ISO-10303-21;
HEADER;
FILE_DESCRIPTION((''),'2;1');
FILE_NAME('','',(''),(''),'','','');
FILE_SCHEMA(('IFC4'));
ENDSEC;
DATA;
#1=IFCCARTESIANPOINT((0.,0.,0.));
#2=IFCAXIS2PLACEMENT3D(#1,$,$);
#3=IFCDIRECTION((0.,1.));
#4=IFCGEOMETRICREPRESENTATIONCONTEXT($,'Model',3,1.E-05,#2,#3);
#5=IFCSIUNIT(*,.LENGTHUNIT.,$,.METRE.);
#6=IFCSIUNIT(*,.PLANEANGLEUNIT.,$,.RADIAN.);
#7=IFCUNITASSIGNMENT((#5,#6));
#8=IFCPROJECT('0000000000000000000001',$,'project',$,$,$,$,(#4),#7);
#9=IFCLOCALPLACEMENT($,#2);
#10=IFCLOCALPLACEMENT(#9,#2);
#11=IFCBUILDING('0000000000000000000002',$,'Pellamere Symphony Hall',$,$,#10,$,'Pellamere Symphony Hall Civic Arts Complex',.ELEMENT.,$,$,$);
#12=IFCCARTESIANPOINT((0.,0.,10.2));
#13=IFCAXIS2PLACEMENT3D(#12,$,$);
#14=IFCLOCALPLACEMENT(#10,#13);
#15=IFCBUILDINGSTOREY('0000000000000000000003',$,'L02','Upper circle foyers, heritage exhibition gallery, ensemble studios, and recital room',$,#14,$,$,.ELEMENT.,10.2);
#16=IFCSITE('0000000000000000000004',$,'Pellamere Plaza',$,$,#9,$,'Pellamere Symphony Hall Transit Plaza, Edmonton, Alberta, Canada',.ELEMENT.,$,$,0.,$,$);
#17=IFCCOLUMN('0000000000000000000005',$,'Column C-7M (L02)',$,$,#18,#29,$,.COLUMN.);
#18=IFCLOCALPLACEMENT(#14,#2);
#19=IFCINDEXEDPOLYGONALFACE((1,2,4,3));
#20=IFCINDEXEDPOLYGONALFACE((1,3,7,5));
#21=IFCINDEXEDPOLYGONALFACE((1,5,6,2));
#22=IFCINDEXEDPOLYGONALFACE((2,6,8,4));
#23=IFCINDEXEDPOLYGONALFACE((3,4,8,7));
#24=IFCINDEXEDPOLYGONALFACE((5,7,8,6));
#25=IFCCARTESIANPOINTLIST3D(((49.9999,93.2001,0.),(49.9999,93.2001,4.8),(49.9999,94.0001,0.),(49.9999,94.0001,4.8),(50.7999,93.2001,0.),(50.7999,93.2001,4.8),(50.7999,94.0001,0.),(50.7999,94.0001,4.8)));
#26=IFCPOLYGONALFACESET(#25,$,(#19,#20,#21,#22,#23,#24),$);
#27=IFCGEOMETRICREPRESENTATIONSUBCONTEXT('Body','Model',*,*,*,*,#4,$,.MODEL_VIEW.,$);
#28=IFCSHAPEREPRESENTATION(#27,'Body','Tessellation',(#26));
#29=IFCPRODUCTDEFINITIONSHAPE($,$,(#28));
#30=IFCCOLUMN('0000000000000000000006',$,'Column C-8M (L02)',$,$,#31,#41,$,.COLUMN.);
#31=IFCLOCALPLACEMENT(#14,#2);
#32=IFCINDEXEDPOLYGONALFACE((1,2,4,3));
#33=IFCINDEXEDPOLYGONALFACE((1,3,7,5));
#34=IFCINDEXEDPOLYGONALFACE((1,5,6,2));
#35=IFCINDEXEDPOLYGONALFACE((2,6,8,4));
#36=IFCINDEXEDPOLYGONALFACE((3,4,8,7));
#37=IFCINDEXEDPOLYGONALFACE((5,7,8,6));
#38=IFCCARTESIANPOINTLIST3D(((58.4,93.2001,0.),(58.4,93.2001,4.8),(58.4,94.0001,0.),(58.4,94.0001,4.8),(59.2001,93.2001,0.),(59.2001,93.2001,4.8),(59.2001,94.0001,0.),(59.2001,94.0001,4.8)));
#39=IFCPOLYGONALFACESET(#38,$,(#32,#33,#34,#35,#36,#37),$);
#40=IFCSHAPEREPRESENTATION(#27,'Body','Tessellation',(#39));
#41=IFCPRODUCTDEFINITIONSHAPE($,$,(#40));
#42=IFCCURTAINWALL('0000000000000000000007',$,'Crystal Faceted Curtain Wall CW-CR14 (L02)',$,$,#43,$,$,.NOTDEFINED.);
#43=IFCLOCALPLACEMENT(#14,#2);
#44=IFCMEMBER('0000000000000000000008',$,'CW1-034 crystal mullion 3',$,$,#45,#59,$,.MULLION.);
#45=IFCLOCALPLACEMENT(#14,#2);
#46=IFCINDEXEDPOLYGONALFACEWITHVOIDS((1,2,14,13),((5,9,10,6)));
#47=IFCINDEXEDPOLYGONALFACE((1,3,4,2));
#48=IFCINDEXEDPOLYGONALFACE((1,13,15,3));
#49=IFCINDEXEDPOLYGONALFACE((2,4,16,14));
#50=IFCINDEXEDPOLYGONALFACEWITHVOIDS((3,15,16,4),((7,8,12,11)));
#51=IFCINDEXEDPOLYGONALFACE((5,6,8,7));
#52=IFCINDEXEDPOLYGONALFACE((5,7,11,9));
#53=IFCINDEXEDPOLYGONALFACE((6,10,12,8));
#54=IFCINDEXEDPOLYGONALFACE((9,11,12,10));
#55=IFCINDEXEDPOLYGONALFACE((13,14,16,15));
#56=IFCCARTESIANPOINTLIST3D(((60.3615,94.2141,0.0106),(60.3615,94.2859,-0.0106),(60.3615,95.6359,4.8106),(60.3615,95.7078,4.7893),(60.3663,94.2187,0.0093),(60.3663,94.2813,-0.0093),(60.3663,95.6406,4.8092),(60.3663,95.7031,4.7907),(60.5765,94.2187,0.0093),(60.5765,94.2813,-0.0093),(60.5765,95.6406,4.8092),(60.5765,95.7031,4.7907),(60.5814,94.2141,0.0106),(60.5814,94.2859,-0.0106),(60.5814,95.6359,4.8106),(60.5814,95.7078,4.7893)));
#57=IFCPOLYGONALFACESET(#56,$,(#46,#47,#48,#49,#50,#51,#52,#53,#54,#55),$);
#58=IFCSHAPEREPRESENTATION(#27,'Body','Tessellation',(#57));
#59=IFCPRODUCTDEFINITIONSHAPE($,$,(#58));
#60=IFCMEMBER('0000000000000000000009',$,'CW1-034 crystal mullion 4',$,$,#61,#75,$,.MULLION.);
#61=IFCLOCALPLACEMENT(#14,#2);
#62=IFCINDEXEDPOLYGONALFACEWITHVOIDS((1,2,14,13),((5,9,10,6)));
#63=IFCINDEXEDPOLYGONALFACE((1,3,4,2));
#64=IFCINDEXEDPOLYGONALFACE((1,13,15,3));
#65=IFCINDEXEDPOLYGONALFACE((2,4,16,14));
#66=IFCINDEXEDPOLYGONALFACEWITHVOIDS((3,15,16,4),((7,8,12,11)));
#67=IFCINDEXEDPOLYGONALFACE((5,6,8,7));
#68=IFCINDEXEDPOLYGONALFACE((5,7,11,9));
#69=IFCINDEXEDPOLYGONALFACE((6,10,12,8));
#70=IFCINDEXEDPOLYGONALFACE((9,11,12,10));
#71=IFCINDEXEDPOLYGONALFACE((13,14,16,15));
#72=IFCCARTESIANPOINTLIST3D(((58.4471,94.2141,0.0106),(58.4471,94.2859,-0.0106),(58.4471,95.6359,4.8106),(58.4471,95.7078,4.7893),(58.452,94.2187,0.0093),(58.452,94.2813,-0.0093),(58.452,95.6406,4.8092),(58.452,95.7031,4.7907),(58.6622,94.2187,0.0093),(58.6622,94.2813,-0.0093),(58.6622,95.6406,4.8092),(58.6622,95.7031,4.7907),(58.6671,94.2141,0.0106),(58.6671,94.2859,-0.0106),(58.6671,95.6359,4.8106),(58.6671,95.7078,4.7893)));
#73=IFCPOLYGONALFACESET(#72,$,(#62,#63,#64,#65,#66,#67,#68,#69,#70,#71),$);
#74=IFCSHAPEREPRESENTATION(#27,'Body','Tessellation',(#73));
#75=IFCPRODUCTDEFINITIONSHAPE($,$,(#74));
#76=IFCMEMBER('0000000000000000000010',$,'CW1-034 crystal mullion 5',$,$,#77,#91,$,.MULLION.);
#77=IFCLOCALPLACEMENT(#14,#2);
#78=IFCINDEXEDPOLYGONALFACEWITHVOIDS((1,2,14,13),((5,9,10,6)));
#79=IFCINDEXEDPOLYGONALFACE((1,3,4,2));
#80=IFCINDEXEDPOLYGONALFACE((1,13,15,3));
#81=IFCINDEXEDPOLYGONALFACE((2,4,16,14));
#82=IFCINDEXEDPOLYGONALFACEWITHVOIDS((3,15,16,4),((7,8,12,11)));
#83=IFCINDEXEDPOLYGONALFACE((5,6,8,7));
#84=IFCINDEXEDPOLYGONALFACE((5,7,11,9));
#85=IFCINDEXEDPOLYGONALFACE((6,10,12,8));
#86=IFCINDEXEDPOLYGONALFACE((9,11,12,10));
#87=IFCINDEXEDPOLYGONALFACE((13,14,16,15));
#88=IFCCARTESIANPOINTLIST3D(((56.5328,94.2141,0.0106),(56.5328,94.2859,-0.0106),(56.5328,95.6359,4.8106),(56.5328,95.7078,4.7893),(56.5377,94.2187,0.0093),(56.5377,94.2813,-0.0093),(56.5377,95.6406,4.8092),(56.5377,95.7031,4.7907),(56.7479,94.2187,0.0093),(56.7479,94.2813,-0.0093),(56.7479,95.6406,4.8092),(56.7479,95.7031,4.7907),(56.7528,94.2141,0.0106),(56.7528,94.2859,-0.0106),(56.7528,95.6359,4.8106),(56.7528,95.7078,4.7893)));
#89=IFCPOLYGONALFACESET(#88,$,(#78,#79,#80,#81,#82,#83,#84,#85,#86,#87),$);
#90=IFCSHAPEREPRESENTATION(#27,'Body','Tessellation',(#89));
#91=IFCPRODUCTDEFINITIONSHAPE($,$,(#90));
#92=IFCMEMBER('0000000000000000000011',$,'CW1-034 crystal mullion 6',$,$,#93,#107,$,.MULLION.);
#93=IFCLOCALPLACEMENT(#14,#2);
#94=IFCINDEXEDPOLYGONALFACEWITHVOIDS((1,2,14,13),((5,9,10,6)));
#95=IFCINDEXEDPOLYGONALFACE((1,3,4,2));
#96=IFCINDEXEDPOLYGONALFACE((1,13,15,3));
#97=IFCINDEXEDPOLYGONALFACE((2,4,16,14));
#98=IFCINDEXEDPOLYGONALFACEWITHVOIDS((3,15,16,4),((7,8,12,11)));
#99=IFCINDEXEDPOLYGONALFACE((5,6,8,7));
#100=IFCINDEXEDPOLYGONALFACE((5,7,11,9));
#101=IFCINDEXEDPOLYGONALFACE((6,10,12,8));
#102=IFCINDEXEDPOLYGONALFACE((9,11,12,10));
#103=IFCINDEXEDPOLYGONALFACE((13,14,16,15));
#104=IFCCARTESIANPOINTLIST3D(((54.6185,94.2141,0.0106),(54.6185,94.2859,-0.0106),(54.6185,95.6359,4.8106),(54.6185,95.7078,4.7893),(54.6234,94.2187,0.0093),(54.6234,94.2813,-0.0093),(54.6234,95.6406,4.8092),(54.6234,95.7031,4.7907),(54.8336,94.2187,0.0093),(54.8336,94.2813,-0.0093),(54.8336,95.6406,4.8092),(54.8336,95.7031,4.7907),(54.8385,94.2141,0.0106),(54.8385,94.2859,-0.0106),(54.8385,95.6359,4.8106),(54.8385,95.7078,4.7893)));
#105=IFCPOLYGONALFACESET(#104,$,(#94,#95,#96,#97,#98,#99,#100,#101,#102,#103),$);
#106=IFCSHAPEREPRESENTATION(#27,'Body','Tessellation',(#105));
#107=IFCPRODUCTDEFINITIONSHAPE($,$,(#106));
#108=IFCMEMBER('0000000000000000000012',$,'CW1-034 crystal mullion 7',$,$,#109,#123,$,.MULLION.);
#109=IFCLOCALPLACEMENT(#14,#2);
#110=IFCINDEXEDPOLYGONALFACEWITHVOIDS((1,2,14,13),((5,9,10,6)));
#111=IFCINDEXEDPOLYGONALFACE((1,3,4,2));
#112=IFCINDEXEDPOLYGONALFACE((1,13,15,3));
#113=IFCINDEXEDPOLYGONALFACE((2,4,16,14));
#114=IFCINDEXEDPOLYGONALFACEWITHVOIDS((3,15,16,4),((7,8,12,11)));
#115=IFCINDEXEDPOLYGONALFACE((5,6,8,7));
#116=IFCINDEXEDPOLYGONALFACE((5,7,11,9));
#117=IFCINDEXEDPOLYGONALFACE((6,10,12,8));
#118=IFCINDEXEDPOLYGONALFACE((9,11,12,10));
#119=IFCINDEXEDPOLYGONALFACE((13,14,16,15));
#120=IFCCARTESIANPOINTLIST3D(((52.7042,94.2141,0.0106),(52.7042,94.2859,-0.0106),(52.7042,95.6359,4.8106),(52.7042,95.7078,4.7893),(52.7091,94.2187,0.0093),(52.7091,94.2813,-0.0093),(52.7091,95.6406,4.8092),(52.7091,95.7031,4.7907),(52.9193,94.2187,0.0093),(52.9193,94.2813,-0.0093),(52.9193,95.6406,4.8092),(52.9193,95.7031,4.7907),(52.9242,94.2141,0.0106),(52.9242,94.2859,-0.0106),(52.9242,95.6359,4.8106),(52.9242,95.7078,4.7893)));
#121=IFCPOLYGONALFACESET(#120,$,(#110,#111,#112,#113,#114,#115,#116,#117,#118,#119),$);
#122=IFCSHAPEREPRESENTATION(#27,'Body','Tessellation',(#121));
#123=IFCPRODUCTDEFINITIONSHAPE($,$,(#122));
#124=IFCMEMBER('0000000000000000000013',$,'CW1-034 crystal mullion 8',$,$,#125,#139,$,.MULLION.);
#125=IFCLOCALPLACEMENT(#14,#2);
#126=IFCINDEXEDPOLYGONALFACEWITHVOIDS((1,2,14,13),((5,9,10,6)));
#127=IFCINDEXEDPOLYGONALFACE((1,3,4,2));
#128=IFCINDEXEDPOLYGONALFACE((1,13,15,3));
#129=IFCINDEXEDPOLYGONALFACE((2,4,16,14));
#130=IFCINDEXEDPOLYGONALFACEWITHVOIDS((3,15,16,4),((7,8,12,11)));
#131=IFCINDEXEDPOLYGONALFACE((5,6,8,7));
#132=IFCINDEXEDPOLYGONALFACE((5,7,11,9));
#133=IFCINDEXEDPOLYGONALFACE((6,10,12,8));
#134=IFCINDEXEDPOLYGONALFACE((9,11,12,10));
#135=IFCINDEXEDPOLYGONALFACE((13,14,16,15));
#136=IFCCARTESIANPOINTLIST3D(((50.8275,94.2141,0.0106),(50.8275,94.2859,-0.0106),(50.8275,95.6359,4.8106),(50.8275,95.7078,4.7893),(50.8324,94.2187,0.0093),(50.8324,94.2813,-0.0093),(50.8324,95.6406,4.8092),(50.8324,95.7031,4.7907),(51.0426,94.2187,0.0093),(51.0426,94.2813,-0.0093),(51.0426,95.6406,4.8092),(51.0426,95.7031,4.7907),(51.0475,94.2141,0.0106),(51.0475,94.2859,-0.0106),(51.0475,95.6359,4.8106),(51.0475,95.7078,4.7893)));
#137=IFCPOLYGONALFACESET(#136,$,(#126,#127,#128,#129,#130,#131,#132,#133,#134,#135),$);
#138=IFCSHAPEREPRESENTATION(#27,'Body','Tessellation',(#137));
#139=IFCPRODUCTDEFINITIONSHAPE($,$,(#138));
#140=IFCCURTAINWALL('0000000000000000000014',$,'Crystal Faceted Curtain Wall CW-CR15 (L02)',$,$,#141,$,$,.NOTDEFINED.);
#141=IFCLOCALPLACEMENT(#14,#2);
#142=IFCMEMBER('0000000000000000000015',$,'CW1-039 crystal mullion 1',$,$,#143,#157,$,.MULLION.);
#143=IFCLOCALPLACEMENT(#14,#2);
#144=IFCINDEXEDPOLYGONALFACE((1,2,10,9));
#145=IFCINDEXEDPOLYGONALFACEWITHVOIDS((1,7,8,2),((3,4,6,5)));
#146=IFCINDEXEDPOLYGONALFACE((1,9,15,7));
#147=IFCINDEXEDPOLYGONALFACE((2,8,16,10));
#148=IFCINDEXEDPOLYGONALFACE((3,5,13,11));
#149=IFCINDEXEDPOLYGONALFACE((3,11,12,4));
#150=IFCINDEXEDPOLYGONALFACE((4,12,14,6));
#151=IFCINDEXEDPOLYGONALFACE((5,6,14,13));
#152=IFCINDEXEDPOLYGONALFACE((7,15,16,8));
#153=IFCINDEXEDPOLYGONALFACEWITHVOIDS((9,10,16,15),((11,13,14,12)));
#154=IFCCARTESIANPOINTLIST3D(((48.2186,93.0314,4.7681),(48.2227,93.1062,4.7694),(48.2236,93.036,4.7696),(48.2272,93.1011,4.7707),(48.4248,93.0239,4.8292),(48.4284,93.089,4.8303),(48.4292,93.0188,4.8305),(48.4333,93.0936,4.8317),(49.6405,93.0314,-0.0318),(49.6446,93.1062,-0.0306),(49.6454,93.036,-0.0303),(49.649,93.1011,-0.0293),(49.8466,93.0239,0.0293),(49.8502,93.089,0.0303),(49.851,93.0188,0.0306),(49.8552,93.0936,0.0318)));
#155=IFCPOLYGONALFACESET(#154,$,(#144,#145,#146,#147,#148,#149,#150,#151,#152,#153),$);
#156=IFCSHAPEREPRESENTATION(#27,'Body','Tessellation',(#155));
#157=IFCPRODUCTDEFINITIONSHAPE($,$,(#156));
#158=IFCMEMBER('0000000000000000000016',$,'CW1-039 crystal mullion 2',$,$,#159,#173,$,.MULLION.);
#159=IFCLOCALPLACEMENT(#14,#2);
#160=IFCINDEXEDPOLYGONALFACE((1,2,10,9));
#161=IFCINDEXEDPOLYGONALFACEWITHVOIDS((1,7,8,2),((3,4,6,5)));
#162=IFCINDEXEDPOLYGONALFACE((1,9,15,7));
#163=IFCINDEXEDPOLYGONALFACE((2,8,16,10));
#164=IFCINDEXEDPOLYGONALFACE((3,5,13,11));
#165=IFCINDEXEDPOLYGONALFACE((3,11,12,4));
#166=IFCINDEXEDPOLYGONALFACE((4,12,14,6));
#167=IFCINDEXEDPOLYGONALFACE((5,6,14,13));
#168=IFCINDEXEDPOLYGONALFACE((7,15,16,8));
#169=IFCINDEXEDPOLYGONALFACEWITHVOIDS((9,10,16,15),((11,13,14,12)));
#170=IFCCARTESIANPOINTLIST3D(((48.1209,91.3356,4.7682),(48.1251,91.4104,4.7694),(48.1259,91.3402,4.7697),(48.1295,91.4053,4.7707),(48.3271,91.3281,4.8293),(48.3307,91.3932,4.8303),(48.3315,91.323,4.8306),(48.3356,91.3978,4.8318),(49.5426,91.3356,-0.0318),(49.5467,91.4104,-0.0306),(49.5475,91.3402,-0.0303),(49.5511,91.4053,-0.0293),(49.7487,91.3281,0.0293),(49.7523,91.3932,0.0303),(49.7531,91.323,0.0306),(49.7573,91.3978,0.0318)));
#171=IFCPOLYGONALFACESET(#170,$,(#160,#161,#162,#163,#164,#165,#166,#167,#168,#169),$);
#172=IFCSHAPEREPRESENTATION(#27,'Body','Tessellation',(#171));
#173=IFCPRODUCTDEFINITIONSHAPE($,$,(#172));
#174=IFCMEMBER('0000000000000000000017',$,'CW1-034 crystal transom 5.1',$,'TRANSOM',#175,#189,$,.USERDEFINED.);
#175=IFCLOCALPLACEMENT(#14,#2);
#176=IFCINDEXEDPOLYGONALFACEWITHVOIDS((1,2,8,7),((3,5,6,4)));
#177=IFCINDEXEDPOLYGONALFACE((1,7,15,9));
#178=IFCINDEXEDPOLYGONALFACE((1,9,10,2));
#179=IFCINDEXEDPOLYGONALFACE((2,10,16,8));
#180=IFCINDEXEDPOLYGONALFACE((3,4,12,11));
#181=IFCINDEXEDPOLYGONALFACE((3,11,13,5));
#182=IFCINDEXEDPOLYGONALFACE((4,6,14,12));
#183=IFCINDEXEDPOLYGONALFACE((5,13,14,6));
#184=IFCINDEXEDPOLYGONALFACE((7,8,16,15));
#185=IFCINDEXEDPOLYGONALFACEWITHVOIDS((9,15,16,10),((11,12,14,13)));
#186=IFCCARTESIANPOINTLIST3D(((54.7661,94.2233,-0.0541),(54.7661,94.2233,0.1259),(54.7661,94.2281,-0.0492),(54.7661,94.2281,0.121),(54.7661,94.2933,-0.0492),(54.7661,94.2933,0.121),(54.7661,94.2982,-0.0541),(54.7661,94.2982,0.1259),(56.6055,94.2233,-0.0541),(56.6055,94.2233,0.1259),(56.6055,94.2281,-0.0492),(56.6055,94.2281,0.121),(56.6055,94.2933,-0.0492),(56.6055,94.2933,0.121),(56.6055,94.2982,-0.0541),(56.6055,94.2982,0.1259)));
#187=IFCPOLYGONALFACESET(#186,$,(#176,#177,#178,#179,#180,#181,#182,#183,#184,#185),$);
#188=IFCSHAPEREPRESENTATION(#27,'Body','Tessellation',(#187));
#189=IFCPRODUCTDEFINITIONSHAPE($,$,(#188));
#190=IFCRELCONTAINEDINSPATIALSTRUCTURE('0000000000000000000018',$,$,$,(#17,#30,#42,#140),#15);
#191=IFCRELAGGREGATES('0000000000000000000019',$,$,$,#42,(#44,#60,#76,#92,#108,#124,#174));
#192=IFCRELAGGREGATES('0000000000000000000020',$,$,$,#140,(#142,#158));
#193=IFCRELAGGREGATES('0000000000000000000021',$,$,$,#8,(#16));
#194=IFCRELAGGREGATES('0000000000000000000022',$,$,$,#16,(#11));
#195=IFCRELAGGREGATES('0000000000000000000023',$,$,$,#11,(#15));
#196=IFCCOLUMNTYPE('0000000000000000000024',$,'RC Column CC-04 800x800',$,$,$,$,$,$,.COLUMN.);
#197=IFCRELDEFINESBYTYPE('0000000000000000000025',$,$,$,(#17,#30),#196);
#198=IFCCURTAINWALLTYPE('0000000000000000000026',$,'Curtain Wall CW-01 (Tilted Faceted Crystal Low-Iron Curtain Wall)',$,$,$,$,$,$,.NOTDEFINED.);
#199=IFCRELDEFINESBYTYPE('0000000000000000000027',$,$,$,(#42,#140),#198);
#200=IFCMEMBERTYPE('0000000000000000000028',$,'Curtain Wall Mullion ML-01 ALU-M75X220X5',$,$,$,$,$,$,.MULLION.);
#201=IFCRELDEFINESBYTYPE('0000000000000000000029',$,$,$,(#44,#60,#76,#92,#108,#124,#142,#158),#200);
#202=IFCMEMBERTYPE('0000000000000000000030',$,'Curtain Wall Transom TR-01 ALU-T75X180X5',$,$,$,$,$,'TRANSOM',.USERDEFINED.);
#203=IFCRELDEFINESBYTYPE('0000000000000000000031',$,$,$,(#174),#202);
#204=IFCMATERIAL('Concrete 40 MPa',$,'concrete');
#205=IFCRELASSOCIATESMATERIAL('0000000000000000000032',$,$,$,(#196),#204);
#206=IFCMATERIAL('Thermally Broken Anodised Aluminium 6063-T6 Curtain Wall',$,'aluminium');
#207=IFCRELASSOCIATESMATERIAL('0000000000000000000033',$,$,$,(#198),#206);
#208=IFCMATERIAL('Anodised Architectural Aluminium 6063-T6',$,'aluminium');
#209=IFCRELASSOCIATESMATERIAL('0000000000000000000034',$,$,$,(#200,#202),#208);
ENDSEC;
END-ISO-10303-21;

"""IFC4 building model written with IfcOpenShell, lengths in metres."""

from ifc_helpers import new_model, si_unit, direction, frame, origin, origin_2d, place, context, subcontext, project, spatial, rectangle, hollow_rectangle, extrude, material, material_profile, profile_set, type_object, element, aggregate, save


model = new_model("IFC4")

# Units and contexts
model_context = context("Model", 3, precision=1e-05, world=origin(), true_north=direction((0.0, 1.0)))
body_context = subcontext(model_context, "Body", "Model", "MODEL_VIEW")
ifc_project = project(units=[si_unit("LENGTHUNIT", "METRE"), si_unit("PLANEANGLEUNIT", "RADIAN")], contexts=[model_context])

# Site, building, storey
site_placement = place(None, origin())
site = spatial("IfcSite", under=ifc_project, at=site_placement, Name="Pellamere Plaza", LongName="Pellamere Symphony Hall Transit Plaza, Edmonton, Alberta, Canada", CompositionType="ELEMENT", RefElevation=0.0)
building_placement = place(site_placement, origin())
building = spatial("IfcBuilding", under=site, at=building_placement, Name="Pellamere Symphony Hall", LongName="Pellamere Symphony Hall Civic Arts Complex", CompositionType="ELEMENT")
storey_placement = place(building_placement, frame((0.0, 0.0, 10.2)))
storey = spatial("IfcBuildingStorey", under=building, at=storey_placement, Name="L02", Description="Upper circle foyers, heritage exhibition gallery, ensemble studios, and recital room", CompositionType="ELEMENT", Elevation=10.2)

# Columns
ifc_material_1 = material(Name="Concrete 40 MPa", Category="concrete")
ifc_material_profile_1 = material_profile(ifc_material_1, rectangle(XDim=0.8, YDim=0.8, at=origin_2d()), Name="RC 800x800")
ifc_profile_set_1 = profile_set([ifc_material_profile_1], Name="Concrete 40 MPa")
column_type = type_object("IfcColumnType", Name="RC Column CC-04 800x800", PredefinedType="COLUMN", material=ifc_profile_set_1)
for number, where, z_axis, x_axis, name in (
    (1, (50.3999, 93.6001, 0.0), (0.0, 0.0, 1.0), (1.0, 0.0, 0.0), "Column C-7M (L02)"),
    (2, (58.8, 93.6001, 0.0), (0.0, 0.0, 1.0), (1.0, 0.0, 0.0), "Column C-8M (L02)"),
):
    element("IfcColumn", number, at=place(storey_placement, frame(where, z_axis=z_axis, x_axis=x_axis)), inside=storey, type_object=column_type, Name=name, PredefinedType="COLUMN", context=body_context, shape_type="SweptSolid", body=[
        extrude(rectangle(XDim=0.8, YDim=0.8, at=origin_2d()), origin(), (0.0, 0.0, 1.0), 4.8),
    ])

# Curtain walls, members
ifc_material_2 = material(Name="Thermally Broken Anodised Aluminium 6063-T6 Curtain Wall", Category="aluminium")
curtain_wall_type = type_object("IfcCurtainWallType", Name="Curtain Wall CW-01 (Tilted Faceted Crystal Low-Iron Curtain Wall)", PredefinedType="NOTDEFINED", material=ifc_material_2)
curtain_wall_1_placement = place(storey_placement, origin())
curtain_wall_1 = element("IfcCurtainWall", 3, at=curtain_wall_1_placement, inside=storey, type_object=curtain_wall_type, Name="Crystal Faceted Curtain Wall CW-CR14 (L02)", PredefinedType="NOTDEFINED")
ifc_material_3 = material(Name="Anodised Architectural Aluminium 6063-T6", Category="aluminium")
ifc_material_profile_2 = material_profile(ifc_material_3, hollow_rectangle(XDim=0.075, YDim=0.22, WallThickness=0.0049, at=origin_2d()), Name="ALU-M75X220X5")
ifc_profile_set_2 = profile_set([ifc_material_profile_2], Name="Anodised Architectural Aluminium 6063-T6")
member_type_1 = type_object("IfcMemberType", Name="Curtain Wall Mullion ML-01 ALU-M75X220X5", PredefinedType="MULLION", material=ifc_profile_set_2)
member_1_placement = place(storey_placement, frame((60.4714, 94.25, 0.0), z_axis=(0.0, 0.284022, 0.958818), x_axis=(0.0, 0.958818, -0.284022)))
member_1 = element("IfcMember", 4, at=member_1_placement, type_object=member_type_1, Name="CW1-034 crystal mullion 3", PredefinedType="MULLION", context=body_context, shape_type="SweptSolid", body=[
    extrude(hollow_rectangle(XDim=0.075, YDim=0.22, WallThickness=0.0049, at=origin_2d()), origin(), (0.0, 0.0, 1.0), 5.0061),
])
member_2_placement = place(storey_placement, frame((58.5571, 94.25, 0.0), z_axis=(0.0, 0.284022, 0.958818), x_axis=(0.0, 0.958818, -0.284022)))
member_2 = element("IfcMember", 5, at=member_2_placement, type_object=member_type_1, Name="CW1-034 crystal mullion 4", PredefinedType="MULLION", context=body_context, shape_type="SweptSolid", body=[
    extrude(hollow_rectangle(XDim=0.075, YDim=0.22, WallThickness=0.0049, at=origin_2d()), origin(), (0.0, 0.0, 1.0), 5.0061),
])
member_3_placement = place(storey_placement, frame((56.6428, 94.25, 0.0), z_axis=(0.0, 0.284022, 0.958818), x_axis=(0.0, 0.958818, -0.284022)))
member_3 = element("IfcMember", 6, at=member_3_placement, type_object=member_type_1, Name="CW1-034 crystal mullion 5", PredefinedType="MULLION", context=body_context, shape_type="SweptSolid", body=[
    extrude(hollow_rectangle(XDim=0.075, YDim=0.22, WallThickness=0.0049, at=origin_2d()), origin(), (0.0, 0.0, 1.0), 5.0061),
])
member_4_placement = place(storey_placement, frame((54.7285, 94.25, 0.0), z_axis=(0.0, 0.284022, 0.958818), x_axis=(0.0, 0.958818, -0.284022)))
member_4 = element("IfcMember", 7, at=member_4_placement, type_object=member_type_1, Name="CW1-034 crystal mullion 6", PredefinedType="MULLION", context=body_context, shape_type="SweptSolid", body=[
    extrude(hollow_rectangle(XDim=0.075, YDim=0.22, WallThickness=0.0049, at=origin_2d()), origin(), (0.0, 0.0, 1.0), 5.0061),
])
member_5_placement = place(storey_placement, frame((52.8142, 94.25, 0.0), z_axis=(0.0, 0.284022, 0.958818), x_axis=(0.0, 0.958818, -0.284022)))
member_5 = element("IfcMember", 8, at=member_5_placement, type_object=member_type_1, Name="CW1-034 crystal mullion 7", PredefinedType="MULLION", context=body_context, shape_type="SweptSolid", body=[
    extrude(hollow_rectangle(XDim=0.075, YDim=0.22, WallThickness=0.0049, at=origin_2d()), origin(), (0.0, 0.0, 1.0), 5.0061),
])
member_6_placement = place(storey_placement, frame((50.9375, 94.25, 0.0), z_axis=(0.0, 0.284022, 0.958818), x_axis=(0.0, 0.958818, -0.284022)))
member_6 = element("IfcMember", 9, at=member_6_placement, type_object=member_type_1, Name="CW1-034 crystal mullion 8", PredefinedType="MULLION", context=body_context, shape_type="SweptSolid", body=[
    extrude(hollow_rectangle(XDim=0.075, YDim=0.22, WallThickness=0.0049, at=origin_2d()), origin(), (0.0, 0.0, 1.0), 5.0061),
])
curtain_wall_2_placement = place(storey_placement, origin())
curtain_wall_2 = element("IfcCurtainWall", 10, at=curtain_wall_2_placement, inside=storey, type_object=curtain_wall_type, Name="Crystal Faceted Curtain Wall CW-CR15 (L02)", PredefinedType="NOTDEFINED")
member_7_placement = place(storey_placement, frame((49.7478, 93.0625, 0.0), z_axis=(-0.284022, 0.0, 0.958818), x_axis=(-0.055225, -0.99834, -0.016359)))
member_7 = element("IfcMember", 11, at=member_7_placement, type_object=member_type_1, Name="CW1-039 crystal mullion 1", PredefinedType="MULLION", context=body_context, shape_type="SweptSolid", body=[
    extrude(hollow_rectangle(XDim=0.075, YDim=0.22, WallThickness=0.0049, at=origin_2d()), origin(), (0.0, 0.0, 1.0), 5.0061),
])
member_8_placement = place(storey_placement, frame((49.6499, 91.3667, 0.0), z_axis=(-0.283977, 0.0, 0.958831), x_axis=(-0.055225, -0.99834, -0.016356)))
member_8 = element("IfcMember", 12, at=member_8_placement, type_object=member_type_1, Name="CW1-039 crystal mullion 2", PredefinedType="MULLION", context=body_context, shape_type="SweptSolid", body=[
    extrude(hollow_rectangle(XDim=0.075, YDim=0.22, WallThickness=0.0049, at=origin_2d()), origin(), (0.0, 0.0, 1.0), 5.0061),
])

# Member
ifc_material_profile_3 = material_profile(ifc_material_3, hollow_rectangle(XDim=0.075, YDim=0.1799, WallThickness=0.0049, at=origin_2d()), Name="ALU-T75X180X5")
ifc_profile_set_3 = profile_set([ifc_material_profile_3], Name="Anodised Architectural Aluminium 6063-T6")
member_type_2 = type_object("IfcMemberType", Name="Curtain Wall Transom TR-01 ALU-T75X180X5", ElementType="TRANSOM", PredefinedType="USERDEFINED", material=ifc_profile_set_3)
member_9_placement = place(storey_placement, frame((56.6055, 94.2607, 0.0359), z_axis=(-1.0, 0.0, 0.0), x_axis=(0.0, -1.0, 0.0)))
member_9 = element("IfcMember", 13, at=member_9_placement, type_object=member_type_2, Name="CW1-034 crystal transom 5.1", ObjectType="TRANSOM", PredefinedType="USERDEFINED", context=body_context, shape_type="SweptSolid", body=[
    extrude(hollow_rectangle(XDim=0.075, YDim=0.1799, WallThickness=0.0049, at=origin_2d()), origin(), (0.0, 0.0, 1.0), 1.8394),
])
aggregate(curtain_wall_1, [member_1, member_2, member_3, member_4, member_5, member_6, member_9])

aggregate(curtain_wall_2, [member_7, member_8])

save(model, "model.ifc")
